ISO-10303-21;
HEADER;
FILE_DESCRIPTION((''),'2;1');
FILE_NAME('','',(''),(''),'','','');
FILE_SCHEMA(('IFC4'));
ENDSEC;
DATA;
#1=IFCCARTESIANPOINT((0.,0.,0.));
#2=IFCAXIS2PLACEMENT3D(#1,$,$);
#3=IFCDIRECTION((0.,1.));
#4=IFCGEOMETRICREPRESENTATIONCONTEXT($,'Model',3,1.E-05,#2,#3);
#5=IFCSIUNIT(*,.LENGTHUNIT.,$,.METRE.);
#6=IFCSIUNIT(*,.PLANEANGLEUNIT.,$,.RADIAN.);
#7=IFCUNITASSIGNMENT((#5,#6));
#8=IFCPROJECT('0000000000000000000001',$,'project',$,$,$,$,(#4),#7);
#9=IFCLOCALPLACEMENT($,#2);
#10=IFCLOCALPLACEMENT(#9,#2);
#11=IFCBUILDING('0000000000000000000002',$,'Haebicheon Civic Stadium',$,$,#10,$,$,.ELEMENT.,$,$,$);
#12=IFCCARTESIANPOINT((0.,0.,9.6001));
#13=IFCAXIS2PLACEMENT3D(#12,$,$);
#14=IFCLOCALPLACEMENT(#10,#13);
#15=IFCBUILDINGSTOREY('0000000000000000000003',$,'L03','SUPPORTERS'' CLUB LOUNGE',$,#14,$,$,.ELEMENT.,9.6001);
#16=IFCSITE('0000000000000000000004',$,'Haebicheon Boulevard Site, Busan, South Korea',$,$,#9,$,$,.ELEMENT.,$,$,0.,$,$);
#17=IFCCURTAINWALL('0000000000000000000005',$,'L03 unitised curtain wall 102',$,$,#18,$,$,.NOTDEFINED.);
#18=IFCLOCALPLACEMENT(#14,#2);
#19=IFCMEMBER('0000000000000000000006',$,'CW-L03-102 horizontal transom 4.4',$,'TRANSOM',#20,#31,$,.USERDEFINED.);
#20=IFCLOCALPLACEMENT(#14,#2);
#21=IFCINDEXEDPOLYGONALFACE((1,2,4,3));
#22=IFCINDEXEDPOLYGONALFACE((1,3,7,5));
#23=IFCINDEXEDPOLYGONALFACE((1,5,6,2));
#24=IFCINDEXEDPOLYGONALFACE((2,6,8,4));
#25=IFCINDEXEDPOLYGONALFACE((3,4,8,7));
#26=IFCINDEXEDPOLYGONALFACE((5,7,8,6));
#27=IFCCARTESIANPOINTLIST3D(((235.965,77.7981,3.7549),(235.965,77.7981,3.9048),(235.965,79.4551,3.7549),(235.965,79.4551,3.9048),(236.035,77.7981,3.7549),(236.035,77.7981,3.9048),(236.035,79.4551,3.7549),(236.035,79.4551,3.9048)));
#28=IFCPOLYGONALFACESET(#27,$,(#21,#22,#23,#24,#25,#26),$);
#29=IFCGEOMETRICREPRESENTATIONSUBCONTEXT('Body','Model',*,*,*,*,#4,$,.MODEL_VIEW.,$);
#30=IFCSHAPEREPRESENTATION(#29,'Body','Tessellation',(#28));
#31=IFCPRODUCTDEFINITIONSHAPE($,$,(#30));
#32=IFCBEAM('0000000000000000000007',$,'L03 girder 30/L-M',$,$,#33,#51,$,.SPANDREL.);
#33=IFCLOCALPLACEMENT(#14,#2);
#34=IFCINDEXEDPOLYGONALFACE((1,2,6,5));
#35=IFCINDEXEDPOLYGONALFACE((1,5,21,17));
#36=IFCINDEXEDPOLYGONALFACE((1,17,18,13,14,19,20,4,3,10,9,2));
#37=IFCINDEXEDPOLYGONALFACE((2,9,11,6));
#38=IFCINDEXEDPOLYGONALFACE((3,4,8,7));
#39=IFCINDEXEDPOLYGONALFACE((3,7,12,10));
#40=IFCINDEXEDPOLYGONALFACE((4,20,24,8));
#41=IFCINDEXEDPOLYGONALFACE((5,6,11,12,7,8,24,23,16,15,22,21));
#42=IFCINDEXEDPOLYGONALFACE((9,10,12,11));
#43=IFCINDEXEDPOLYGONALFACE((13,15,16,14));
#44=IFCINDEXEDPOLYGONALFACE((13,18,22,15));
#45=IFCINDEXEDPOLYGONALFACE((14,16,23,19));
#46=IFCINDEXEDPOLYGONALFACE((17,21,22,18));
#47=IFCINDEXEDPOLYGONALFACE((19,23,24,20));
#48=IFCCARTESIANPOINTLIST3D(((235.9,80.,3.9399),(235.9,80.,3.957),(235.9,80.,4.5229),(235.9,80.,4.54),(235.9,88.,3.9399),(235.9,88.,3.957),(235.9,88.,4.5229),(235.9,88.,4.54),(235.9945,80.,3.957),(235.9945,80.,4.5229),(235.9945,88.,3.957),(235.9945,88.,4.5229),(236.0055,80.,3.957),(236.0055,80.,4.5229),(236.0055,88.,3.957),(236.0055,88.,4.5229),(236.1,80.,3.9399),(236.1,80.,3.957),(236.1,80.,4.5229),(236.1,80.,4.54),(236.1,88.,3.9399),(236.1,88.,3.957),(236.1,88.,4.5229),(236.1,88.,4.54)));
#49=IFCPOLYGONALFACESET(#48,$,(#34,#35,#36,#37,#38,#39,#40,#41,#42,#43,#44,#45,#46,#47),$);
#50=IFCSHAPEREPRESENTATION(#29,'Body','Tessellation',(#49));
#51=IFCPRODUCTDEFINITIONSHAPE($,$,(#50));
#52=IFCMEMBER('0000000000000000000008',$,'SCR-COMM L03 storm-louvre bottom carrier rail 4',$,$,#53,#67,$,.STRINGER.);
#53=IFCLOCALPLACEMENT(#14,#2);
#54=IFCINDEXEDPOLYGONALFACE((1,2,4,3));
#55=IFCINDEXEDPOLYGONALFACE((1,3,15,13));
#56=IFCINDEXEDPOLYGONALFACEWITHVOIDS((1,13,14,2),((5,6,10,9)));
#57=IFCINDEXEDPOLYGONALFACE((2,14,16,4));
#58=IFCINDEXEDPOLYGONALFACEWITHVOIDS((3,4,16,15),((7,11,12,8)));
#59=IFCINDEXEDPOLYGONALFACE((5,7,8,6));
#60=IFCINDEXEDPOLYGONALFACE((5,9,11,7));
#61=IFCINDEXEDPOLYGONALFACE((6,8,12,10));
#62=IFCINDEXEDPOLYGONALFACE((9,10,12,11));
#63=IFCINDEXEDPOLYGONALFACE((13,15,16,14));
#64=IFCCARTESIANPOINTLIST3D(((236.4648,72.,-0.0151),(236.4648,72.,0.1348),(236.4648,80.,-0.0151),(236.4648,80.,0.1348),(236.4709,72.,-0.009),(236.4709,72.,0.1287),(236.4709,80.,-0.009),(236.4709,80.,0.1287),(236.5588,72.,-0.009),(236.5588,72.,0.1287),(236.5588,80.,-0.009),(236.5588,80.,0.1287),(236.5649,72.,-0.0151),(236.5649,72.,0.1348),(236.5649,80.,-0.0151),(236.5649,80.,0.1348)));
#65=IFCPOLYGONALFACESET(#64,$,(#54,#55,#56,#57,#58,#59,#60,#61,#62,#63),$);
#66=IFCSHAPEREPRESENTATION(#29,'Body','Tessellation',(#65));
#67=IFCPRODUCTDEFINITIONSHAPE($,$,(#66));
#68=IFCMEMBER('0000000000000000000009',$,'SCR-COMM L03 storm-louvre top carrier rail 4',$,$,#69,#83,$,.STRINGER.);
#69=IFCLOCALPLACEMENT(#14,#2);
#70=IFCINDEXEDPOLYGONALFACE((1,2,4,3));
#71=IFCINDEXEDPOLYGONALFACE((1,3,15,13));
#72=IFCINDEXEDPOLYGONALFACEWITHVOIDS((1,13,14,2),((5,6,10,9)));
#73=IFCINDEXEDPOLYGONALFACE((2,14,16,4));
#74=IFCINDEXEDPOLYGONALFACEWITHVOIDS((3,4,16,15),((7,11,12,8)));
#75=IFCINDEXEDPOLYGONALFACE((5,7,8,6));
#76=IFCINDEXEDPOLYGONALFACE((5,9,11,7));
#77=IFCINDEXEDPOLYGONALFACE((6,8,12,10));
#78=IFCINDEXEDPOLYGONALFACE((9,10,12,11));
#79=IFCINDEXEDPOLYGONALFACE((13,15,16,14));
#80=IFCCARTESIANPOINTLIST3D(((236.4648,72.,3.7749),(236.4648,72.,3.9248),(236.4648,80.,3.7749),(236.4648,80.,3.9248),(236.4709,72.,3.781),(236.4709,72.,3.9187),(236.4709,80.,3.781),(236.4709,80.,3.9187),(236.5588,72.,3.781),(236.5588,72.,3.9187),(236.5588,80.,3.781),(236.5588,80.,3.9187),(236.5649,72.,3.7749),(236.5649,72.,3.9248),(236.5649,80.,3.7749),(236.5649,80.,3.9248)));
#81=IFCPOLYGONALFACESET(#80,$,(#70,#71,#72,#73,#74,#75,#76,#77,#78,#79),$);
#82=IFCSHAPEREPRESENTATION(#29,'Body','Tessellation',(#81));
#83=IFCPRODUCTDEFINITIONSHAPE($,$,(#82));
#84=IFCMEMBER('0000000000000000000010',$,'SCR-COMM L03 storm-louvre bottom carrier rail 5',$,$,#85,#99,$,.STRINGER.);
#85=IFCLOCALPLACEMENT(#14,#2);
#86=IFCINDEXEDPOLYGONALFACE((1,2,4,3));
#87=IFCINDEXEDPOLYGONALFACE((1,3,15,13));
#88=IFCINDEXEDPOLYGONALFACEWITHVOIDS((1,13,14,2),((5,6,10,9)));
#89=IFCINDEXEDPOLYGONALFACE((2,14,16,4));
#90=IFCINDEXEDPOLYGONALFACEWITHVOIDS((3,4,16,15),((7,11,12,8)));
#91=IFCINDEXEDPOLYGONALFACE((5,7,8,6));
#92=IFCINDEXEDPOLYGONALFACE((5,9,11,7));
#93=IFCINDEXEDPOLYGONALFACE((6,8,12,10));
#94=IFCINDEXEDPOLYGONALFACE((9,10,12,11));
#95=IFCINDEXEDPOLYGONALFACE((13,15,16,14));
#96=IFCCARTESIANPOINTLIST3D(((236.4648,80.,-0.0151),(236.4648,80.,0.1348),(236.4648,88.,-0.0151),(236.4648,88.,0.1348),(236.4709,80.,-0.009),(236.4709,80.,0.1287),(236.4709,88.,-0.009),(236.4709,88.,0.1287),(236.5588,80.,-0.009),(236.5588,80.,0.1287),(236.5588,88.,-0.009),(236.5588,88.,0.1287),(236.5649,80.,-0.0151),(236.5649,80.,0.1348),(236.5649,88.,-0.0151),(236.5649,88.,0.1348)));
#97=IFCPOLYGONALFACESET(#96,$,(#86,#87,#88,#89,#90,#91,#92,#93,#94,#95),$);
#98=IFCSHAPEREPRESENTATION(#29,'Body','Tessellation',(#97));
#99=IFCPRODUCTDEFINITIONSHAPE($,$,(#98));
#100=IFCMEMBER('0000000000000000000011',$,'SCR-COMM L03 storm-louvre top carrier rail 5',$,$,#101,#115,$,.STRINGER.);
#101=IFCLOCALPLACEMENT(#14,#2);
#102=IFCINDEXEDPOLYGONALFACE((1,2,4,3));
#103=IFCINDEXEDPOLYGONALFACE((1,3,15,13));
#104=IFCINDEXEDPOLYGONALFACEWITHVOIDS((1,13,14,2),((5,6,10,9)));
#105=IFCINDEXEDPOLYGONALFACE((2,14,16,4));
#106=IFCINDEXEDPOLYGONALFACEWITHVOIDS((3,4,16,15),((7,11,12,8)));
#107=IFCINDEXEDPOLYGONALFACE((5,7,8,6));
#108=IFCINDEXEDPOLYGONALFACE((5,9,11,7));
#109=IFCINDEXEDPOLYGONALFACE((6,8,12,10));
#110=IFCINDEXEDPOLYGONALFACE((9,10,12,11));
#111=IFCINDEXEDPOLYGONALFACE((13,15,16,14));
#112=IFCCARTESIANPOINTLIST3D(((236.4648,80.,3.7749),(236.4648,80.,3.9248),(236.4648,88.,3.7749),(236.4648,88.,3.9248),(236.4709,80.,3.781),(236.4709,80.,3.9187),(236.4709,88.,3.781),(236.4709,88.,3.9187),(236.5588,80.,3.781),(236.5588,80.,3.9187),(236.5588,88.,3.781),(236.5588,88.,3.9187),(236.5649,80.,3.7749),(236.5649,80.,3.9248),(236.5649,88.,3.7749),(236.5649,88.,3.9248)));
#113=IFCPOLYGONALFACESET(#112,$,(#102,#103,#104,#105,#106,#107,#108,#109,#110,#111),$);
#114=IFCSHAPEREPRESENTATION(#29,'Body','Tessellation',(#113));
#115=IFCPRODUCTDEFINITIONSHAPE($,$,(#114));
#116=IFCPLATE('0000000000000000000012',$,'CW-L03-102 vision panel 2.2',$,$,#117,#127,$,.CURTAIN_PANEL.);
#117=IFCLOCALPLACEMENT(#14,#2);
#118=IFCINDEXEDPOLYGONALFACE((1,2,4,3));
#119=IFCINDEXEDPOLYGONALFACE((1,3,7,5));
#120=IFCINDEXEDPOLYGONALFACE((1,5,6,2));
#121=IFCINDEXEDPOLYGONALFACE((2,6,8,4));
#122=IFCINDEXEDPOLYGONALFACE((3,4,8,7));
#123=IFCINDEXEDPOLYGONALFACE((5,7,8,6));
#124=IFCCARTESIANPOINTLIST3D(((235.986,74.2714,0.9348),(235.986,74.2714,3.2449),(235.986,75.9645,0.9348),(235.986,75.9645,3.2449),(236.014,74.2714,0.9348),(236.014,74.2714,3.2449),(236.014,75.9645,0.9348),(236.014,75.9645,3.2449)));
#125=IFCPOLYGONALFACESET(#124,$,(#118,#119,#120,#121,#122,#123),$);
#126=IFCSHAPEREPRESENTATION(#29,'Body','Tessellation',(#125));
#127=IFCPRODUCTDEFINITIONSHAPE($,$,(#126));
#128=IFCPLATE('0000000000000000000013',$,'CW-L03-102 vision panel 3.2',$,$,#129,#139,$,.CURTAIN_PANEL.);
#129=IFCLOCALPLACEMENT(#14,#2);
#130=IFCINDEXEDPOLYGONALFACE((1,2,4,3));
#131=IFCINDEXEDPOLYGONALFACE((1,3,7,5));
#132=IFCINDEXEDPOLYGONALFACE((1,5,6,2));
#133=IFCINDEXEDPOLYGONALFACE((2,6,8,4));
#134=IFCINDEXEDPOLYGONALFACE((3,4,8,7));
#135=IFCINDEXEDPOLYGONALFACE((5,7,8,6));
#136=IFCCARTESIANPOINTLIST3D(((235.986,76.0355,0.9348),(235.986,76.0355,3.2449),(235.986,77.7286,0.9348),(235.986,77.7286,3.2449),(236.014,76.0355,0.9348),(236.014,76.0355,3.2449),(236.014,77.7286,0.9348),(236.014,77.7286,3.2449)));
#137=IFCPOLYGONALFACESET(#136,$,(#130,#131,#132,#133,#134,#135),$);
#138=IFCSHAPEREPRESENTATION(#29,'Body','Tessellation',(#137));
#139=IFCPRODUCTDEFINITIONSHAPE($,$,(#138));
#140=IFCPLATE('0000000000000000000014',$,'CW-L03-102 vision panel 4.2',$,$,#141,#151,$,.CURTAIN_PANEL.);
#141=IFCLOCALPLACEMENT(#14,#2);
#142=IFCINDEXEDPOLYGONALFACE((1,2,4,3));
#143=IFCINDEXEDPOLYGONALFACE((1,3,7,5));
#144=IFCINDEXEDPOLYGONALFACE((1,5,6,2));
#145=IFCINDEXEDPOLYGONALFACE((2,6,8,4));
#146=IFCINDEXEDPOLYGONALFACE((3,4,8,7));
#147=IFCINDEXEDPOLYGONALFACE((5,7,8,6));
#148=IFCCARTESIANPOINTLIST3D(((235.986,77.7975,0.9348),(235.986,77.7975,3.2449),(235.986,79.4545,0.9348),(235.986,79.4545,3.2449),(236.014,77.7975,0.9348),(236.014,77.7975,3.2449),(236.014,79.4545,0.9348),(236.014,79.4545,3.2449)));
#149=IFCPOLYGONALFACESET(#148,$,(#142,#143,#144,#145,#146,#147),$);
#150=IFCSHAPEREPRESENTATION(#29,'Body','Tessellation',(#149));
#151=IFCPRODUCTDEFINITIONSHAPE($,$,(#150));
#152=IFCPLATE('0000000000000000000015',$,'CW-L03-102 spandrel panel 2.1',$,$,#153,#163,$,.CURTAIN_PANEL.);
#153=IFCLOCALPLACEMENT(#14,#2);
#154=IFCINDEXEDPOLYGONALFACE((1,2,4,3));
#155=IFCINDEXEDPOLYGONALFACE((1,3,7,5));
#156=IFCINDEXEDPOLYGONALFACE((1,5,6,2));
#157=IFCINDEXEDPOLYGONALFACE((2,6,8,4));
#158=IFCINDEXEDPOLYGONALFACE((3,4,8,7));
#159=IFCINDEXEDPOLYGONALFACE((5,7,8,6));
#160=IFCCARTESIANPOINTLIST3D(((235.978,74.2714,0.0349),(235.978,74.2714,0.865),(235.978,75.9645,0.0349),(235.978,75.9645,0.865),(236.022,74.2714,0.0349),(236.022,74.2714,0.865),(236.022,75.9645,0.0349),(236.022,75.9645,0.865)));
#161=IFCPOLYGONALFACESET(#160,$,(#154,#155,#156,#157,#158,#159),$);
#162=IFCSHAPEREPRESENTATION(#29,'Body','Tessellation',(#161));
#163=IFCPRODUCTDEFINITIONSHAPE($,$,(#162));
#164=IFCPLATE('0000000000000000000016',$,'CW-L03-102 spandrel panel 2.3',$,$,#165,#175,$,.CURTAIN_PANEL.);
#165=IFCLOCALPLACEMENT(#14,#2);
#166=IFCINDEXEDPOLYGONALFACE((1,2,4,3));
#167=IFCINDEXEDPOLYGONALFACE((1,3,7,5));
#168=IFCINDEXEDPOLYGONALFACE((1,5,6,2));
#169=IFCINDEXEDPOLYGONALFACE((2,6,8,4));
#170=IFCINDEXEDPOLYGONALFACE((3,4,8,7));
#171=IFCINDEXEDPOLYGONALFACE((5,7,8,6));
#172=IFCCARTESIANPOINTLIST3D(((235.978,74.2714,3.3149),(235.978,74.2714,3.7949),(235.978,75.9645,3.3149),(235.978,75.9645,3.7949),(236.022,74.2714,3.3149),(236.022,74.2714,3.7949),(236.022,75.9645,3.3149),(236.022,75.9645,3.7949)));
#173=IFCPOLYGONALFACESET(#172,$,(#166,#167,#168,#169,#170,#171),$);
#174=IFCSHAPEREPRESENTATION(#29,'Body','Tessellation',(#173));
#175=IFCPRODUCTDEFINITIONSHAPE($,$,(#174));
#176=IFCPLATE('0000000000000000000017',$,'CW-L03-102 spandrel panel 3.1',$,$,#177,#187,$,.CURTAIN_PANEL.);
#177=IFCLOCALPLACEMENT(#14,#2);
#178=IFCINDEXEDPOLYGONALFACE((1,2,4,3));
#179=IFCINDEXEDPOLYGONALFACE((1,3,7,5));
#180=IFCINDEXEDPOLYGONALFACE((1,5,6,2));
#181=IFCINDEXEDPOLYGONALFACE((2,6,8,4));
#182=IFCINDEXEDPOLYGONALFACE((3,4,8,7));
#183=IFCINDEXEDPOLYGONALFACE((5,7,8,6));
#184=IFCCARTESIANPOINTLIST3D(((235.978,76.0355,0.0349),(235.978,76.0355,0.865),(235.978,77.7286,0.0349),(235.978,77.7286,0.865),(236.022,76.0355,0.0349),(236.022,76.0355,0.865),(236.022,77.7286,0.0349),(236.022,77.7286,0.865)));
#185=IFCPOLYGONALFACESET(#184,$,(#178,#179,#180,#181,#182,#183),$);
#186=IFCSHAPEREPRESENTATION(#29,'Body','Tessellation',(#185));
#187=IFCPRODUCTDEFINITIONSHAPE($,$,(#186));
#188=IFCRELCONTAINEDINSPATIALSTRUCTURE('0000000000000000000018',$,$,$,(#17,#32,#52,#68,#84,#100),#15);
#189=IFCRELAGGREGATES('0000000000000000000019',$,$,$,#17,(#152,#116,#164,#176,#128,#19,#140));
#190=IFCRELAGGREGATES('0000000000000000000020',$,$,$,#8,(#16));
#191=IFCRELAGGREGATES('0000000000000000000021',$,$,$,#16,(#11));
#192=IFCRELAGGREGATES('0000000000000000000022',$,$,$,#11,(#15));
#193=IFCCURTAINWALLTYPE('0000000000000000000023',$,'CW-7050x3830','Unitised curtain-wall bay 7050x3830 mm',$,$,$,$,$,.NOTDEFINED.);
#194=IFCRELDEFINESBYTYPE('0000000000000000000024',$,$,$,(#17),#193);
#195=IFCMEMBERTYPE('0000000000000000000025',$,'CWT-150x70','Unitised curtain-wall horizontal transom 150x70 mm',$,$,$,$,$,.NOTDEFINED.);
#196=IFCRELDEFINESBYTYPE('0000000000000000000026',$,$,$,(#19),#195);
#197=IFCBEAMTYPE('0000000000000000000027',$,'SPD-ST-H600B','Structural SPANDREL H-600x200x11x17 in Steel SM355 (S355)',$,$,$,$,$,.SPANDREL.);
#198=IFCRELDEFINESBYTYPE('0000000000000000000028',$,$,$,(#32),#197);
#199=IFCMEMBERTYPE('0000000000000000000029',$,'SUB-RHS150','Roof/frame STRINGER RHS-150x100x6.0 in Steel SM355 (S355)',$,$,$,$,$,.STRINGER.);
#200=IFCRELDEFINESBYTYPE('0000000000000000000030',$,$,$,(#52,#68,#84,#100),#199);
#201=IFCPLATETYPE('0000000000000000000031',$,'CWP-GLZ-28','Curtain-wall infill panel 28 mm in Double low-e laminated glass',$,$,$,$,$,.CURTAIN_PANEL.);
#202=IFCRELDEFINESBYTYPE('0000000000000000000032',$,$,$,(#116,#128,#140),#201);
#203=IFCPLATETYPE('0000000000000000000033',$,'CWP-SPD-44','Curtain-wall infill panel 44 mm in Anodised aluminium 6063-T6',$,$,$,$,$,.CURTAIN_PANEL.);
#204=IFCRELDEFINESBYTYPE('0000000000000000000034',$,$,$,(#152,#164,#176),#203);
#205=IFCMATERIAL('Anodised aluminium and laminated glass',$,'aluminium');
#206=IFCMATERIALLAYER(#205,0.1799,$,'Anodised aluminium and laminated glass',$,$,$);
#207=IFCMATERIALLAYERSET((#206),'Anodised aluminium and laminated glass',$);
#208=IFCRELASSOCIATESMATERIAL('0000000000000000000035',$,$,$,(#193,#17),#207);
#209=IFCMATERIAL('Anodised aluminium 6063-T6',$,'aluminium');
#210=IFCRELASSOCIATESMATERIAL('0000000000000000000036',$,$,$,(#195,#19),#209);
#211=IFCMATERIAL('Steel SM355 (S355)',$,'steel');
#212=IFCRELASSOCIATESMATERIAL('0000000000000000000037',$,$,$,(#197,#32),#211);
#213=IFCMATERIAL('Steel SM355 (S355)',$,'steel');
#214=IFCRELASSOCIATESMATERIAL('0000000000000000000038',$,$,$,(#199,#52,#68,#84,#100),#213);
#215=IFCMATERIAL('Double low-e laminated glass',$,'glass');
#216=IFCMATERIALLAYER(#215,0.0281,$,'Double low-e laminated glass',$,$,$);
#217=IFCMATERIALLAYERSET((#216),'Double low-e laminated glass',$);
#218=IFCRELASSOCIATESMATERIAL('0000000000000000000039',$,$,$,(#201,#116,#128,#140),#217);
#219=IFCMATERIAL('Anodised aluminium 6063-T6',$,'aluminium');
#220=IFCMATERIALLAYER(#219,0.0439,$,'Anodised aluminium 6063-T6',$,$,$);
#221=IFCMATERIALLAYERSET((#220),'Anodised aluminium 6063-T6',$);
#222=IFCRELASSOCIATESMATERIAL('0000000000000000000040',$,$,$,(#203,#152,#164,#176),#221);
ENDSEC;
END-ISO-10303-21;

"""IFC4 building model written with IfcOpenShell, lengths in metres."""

from ifc_helpers import new_model, si_unit, direction, frame, origin, origin_2d, place, context, subcontext, project, spatial, rectangle, hollow_rectangle, i_section, extrude, material, layer, layer_set, material_profile, profile_set, type_object, element, aggregate, save


model = new_model("IFC4")

# Units and contexts
model_context = context("Model", 3, precision=1e-05, world=origin(), true_north=direction((0.0, 1.0)))
body_context = subcontext(model_context, "Body", "Model", "MODEL_VIEW")
ifc_project = project(units=[si_unit("LENGTHUNIT", "METRE"), si_unit("PLANEANGLEUNIT", "RADIAN")], contexts=[model_context])

# Site, building, storey
site_placement = place(None, origin())
site = spatial("IfcSite", under=ifc_project, at=site_placement, Name="Haebicheon Boulevard Site, Busan, South Korea", CompositionType="ELEMENT", RefElevation=0.0)
building_placement = place(site_placement, origin())
building = spatial("IfcBuilding", under=site, at=building_placement, Name="Haebicheon Civic Stadium", CompositionType="ELEMENT")
storey_placement = place(building_placement, frame((0.0, 0.0, 9.6001)))
storey = spatial("IfcBuildingStorey", under=building, at=storey_placement, Name="L03", Description="SUPPORTERS' CLUB LOUNGE", CompositionType="ELEMENT", Elevation=9.6001)

# Curtain wall, member
ifc_material_1 = material(Name="Anodised aluminium and laminated glass", Category="aluminium")
ifc_layer_1 = layer(ifc_material_1, 0.1799, Name="Anodised aluminium and laminated glass")
ifc_layer_set_1 = layer_set([ifc_layer_1], Name="Anodised aluminium and laminated glass")
curtain_wall_type = type_object("IfcCurtainWallType", Name="CW-7050x3830", Description="Unitised curtain-wall bay 7050x3830 mm", PredefinedType="NOTDEFINED", material=ifc_layer_set_1)
curtain_wall_placement = place(storey_placement, origin())
curtain_wall = element("IfcCurtainWall", 1, at=curtain_wall_placement, inside=storey, type_object=curtain_wall_type, material=ifc_layer_set_1, Name="L03 unitised curtain wall 102", PredefinedType="NOTDEFINED")
ifc_material_2 = material(Name="Anodised aluminium 6063-T6", Category="aluminium")
ifc_material_profile_1 = material_profile(ifc_material_2, rectangle(XDim=0.0701, YDim=0.1499, at=origin_2d()), Name="ALU-TRAN-70x150")
ifc_profile_set_1 = profile_set([ifc_material_profile_1], Name="Anodised aluminium 6063-T6")
member_type_1 = type_object("IfcMemberType", Name="CWT-150x70", Description="Unitised curtain-wall horizontal transom 150x70 mm", PredefinedType="NOTDEFINED", material=ifc_profile_set_1)
member_1_placement = place(storey_placement, frame((236.0, 77.7981, 3.8298), z_axis=(0.0, 1.0, 0.0), x_axis=(-1.0, 0.0, 0.0)))
member_1 = element("IfcMember", 2, at=member_1_placement, type_object=member_type_1, material=ifc_profile_set_1, Name="CW-L03-102 horizontal transom 4.4", ObjectType="TRANSOM", PredefinedType="USERDEFINED", context=body_context, shape_type="SweptSolid", body=[
    extrude(rectangle(XDim=0.0701, YDim=0.1499, at=origin_2d()), origin(), (0.0, 0.0, 1.0), 1.657),
])

# Beam
ifc_material_3 = material(Name="Steel SM355 (S355)", Category="steel")
ifc_material_profile_2 = material_profile(ifc_material_3, i_section(OverallWidth=0.2, OverallDepth=0.6001, WebThickness=0.011, FlangeThickness=0.0171, at=origin_2d()), Name="H-600x200x11x17")
ifc_profile_set_2 = profile_set([ifc_material_profile_2], Name="Steel SM355 (S355)")
beam_type = type_object("IfcBeamType", Name="SPD-ST-H600B", Description="Structural SPANDREL H-600x200x11x17 in Steel SM355 (S355)", PredefinedType="SPANDREL", material=ifc_profile_set_2)
beam_placement = place(storey_placement, frame((236.0, 80.0, 4.24), z_axis=(0.0, 1.0, 0.0), x_axis=(-1.0, 0.0, 0.0)))
element("IfcBeam", 3, at=beam_placement, inside=storey, type_object=beam_type, material=ifc_profile_set_2, Name="L03 girder 30/L-M", PredefinedType="SPANDREL", context=body_context, shape_type="SweptSolid", body=[
    extrude(i_section(OverallWidth=0.2, OverallDepth=0.6001, WebThickness=0.011, FlangeThickness=0.0171, at=origin_2d()), origin(), (0.0, 0.0, 1.0), 8.0),
])

# Members
ifc_material_4 = material(Name="Steel SM355 (S355)", Category="steel")
ifc_material_profile_3 = material_profile(ifc_material_4, hollow_rectangle(XDim=0.1001, YDim=0.1499, WallThickness=0.0061, at=origin_2d()), Name="RHS-150x100x6.0")
ifc_profile_set_3 = profile_set([ifc_material_profile_3], Name="Steel SM355 (S355)")
member_type_2 = type_object("IfcMemberType", Name="SUB-RHS150", Description="Roof/frame STRINGER RHS-150x100x6.0 in Steel SM355 (S355)", PredefinedType="STRINGER", material=ifc_profile_set_3)
for number, where, z_axis, x_axis, name in (
    (4, (236.5149, 72.0, 0.0598), (0.0, 1.0, 0.0), (-1.0, 0.0, 0.0), "SCR-COMM L03 storm-louvre bottom carrier rail 4"),
    (5, (236.5149, 72.0, 3.8499), (0.0, 1.0, 0.0), (-1.0, 0.0, 0.0), "SCR-COMM L03 storm-louvre top carrier rail 4"),
    (6, (236.5149, 80.0, 0.0598), (0.0, 1.0, 0.0), (-1.0, 0.0, 0.0), "SCR-COMM L03 storm-louvre bottom carrier rail 5"),
    (7, (236.5149, 80.0, 3.8499), (0.0, 1.0, 0.0), (-1.0, 0.0, 0.0), "SCR-COMM L03 storm-louvre top carrier rail 5"),
):
    element("IfcMember", number, at=place(storey_placement, frame(where, z_axis=z_axis, x_axis=x_axis)), inside=storey, type_object=member_type_2, material=ifc_profile_set_3, Name=name, PredefinedType="STRINGER", context=body_context, shape_type="SweptSolid", body=[
        extrude(hollow_rectangle(XDim=0.1001, YDim=0.1499, WallThickness=0.0061, at=origin_2d()), origin(), (0.0, 0.0, 1.0), 8.0),
    ])

# Plates
ifc_material_5 = material(Name="Double low-e laminated glass", Category="glass")
ifc_layer_2 = layer(ifc_material_5, 0.0281, Name="Double low-e laminated glass")
ifc_layer_set_2 = layer_set([ifc_layer_2], Name="Double low-e laminated glass")
plate_type_1 = type_object("IfcPlateType", Name="CWP-GLZ-28", Description="Curtain-wall infill panel 28 mm in Double low-e laminated glass", PredefinedType="CURTAIN_PANEL", material=ifc_layer_set_2)
plate_1_placement = place(storey_placement, frame((236.0, 75.1179, 0.9348), z_axis=(0.0, 0.0, 1.0), x_axis=(0.0, 1.0, 0.0)))
plate_1 = element("IfcPlate", 8, at=plate_1_placement, type_object=plate_type_1, material=ifc_layer_set_2, Name="CW-L03-102 vision panel 2.2", PredefinedType="CURTAIN_PANEL", context=body_context, shape_type="SweptSolid", body=[
    extrude(rectangle(XDim=1.6931, YDim=0.0281, at=origin_2d()), origin(), (0.0, 0.0, 1.0), 2.3101),
])
plate_2_placement = place(storey_placement, frame((236.0, 76.8821, 0.9348), z_axis=(0.0, 0.0, 1.0), x_axis=(0.0, 1.0, 0.0)))
plate_2 = element("IfcPlate", 9, at=plate_2_placement, type_object=plate_type_1, material=ifc_layer_set_2, Name="CW-L03-102 vision panel 3.2", PredefinedType="CURTAIN_PANEL", context=body_context, shape_type="SweptSolid", body=[
    extrude(rectangle(XDim=1.6931, YDim=0.0281, at=origin_2d()), origin(), (0.0, 0.0, 1.0), 2.3101),
])
plate_3_placement = place(storey_placement, frame((236.0, 78.626, 0.9348), z_axis=(0.0, 0.0, 1.0), x_axis=(0.0, 1.0, 0.0)))
plate_3 = element("IfcPlate", 10, at=plate_3_placement, type_object=plate_type_1, material=ifc_layer_set_2, Name="CW-L03-102 vision panel 4.2", PredefinedType="CURTAIN_PANEL", context=body_context, shape_type="SweptSolid", body=[
    extrude(rectangle(XDim=1.657, YDim=0.0281, at=origin_2d()), origin(), (0.0, 0.0, 1.0), 2.3101),
])
ifc_material_6 = material(Name="Anodised aluminium 6063-T6", Category="aluminium")
ifc_layer_3 = layer(ifc_material_6, 0.0439, Name="Anodised aluminium 6063-T6")
ifc_layer_set_3 = layer_set([ifc_layer_3], Name="Anodised aluminium 6063-T6")
plate_type_2 = type_object("IfcPlateType", Name="CWP-SPD-44", Description="Curtain-wall infill panel 44 mm in Anodised aluminium 6063-T6", PredefinedType="CURTAIN_PANEL", material=ifc_layer_set_3)
plate_4_placement = place(storey_placement, frame((236.0, 75.1179, 0.0349), z_axis=(0.0, 0.0, 1.0), x_axis=(0.0, 1.0, 0.0)))
plate_4 = element("IfcPlate", 11, at=plate_4_placement, type_object=plate_type_2, material=ifc_layer_set_3, Name="CW-L03-102 spandrel panel 2.1", PredefinedType="CURTAIN_PANEL", context=body_context, shape_type="SweptSolid", body=[
    extrude(rectangle(XDim=1.6931, YDim=0.0439, at=origin_2d()), origin(), (0.0, 0.0, 1.0), 0.8301),
])
plate_5_placement = place(storey_placement, frame((236.0, 75.1179, 3.3149), z_axis=(0.0, 0.0, 1.0), x_axis=(0.0, 1.0, 0.0)))
plate_5 = element("IfcPlate", 12, at=plate_5_placement, type_object=plate_type_2, material=ifc_layer_set_3, Name="CW-L03-102 spandrel panel 2.3", PredefinedType="CURTAIN_PANEL", context=body_context, shape_type="SweptSolid", body=[
    extrude(rectangle(XDim=1.6931, YDim=0.0439, at=origin_2d()), origin(), (0.0, 0.0, 1.0), 0.48),
])
plate_6_placement = place(storey_placement, frame((236.0, 76.8821, 0.0349), z_axis=(0.0, 0.0, 1.0), x_axis=(0.0, 1.0, 0.0)))
plate_6 = element("IfcPlate", 13, at=plate_6_placement, type_object=plate_type_2, material=ifc_layer_set_3, Name="CW-L03-102 spandrel panel 3.1", PredefinedType="CURTAIN_PANEL", context=body_context, shape_type="SweptSolid", body=[
    extrude(rectangle(XDim=1.6931, YDim=0.0439, at=origin_2d()), origin(), (0.0, 0.0, 1.0), 0.8301),
])
aggregate(curtain_wall, [plate_4, plate_1, plate_5, plate_6, plate_2, member_1, plate_3])

save(model, "model.ifc")
